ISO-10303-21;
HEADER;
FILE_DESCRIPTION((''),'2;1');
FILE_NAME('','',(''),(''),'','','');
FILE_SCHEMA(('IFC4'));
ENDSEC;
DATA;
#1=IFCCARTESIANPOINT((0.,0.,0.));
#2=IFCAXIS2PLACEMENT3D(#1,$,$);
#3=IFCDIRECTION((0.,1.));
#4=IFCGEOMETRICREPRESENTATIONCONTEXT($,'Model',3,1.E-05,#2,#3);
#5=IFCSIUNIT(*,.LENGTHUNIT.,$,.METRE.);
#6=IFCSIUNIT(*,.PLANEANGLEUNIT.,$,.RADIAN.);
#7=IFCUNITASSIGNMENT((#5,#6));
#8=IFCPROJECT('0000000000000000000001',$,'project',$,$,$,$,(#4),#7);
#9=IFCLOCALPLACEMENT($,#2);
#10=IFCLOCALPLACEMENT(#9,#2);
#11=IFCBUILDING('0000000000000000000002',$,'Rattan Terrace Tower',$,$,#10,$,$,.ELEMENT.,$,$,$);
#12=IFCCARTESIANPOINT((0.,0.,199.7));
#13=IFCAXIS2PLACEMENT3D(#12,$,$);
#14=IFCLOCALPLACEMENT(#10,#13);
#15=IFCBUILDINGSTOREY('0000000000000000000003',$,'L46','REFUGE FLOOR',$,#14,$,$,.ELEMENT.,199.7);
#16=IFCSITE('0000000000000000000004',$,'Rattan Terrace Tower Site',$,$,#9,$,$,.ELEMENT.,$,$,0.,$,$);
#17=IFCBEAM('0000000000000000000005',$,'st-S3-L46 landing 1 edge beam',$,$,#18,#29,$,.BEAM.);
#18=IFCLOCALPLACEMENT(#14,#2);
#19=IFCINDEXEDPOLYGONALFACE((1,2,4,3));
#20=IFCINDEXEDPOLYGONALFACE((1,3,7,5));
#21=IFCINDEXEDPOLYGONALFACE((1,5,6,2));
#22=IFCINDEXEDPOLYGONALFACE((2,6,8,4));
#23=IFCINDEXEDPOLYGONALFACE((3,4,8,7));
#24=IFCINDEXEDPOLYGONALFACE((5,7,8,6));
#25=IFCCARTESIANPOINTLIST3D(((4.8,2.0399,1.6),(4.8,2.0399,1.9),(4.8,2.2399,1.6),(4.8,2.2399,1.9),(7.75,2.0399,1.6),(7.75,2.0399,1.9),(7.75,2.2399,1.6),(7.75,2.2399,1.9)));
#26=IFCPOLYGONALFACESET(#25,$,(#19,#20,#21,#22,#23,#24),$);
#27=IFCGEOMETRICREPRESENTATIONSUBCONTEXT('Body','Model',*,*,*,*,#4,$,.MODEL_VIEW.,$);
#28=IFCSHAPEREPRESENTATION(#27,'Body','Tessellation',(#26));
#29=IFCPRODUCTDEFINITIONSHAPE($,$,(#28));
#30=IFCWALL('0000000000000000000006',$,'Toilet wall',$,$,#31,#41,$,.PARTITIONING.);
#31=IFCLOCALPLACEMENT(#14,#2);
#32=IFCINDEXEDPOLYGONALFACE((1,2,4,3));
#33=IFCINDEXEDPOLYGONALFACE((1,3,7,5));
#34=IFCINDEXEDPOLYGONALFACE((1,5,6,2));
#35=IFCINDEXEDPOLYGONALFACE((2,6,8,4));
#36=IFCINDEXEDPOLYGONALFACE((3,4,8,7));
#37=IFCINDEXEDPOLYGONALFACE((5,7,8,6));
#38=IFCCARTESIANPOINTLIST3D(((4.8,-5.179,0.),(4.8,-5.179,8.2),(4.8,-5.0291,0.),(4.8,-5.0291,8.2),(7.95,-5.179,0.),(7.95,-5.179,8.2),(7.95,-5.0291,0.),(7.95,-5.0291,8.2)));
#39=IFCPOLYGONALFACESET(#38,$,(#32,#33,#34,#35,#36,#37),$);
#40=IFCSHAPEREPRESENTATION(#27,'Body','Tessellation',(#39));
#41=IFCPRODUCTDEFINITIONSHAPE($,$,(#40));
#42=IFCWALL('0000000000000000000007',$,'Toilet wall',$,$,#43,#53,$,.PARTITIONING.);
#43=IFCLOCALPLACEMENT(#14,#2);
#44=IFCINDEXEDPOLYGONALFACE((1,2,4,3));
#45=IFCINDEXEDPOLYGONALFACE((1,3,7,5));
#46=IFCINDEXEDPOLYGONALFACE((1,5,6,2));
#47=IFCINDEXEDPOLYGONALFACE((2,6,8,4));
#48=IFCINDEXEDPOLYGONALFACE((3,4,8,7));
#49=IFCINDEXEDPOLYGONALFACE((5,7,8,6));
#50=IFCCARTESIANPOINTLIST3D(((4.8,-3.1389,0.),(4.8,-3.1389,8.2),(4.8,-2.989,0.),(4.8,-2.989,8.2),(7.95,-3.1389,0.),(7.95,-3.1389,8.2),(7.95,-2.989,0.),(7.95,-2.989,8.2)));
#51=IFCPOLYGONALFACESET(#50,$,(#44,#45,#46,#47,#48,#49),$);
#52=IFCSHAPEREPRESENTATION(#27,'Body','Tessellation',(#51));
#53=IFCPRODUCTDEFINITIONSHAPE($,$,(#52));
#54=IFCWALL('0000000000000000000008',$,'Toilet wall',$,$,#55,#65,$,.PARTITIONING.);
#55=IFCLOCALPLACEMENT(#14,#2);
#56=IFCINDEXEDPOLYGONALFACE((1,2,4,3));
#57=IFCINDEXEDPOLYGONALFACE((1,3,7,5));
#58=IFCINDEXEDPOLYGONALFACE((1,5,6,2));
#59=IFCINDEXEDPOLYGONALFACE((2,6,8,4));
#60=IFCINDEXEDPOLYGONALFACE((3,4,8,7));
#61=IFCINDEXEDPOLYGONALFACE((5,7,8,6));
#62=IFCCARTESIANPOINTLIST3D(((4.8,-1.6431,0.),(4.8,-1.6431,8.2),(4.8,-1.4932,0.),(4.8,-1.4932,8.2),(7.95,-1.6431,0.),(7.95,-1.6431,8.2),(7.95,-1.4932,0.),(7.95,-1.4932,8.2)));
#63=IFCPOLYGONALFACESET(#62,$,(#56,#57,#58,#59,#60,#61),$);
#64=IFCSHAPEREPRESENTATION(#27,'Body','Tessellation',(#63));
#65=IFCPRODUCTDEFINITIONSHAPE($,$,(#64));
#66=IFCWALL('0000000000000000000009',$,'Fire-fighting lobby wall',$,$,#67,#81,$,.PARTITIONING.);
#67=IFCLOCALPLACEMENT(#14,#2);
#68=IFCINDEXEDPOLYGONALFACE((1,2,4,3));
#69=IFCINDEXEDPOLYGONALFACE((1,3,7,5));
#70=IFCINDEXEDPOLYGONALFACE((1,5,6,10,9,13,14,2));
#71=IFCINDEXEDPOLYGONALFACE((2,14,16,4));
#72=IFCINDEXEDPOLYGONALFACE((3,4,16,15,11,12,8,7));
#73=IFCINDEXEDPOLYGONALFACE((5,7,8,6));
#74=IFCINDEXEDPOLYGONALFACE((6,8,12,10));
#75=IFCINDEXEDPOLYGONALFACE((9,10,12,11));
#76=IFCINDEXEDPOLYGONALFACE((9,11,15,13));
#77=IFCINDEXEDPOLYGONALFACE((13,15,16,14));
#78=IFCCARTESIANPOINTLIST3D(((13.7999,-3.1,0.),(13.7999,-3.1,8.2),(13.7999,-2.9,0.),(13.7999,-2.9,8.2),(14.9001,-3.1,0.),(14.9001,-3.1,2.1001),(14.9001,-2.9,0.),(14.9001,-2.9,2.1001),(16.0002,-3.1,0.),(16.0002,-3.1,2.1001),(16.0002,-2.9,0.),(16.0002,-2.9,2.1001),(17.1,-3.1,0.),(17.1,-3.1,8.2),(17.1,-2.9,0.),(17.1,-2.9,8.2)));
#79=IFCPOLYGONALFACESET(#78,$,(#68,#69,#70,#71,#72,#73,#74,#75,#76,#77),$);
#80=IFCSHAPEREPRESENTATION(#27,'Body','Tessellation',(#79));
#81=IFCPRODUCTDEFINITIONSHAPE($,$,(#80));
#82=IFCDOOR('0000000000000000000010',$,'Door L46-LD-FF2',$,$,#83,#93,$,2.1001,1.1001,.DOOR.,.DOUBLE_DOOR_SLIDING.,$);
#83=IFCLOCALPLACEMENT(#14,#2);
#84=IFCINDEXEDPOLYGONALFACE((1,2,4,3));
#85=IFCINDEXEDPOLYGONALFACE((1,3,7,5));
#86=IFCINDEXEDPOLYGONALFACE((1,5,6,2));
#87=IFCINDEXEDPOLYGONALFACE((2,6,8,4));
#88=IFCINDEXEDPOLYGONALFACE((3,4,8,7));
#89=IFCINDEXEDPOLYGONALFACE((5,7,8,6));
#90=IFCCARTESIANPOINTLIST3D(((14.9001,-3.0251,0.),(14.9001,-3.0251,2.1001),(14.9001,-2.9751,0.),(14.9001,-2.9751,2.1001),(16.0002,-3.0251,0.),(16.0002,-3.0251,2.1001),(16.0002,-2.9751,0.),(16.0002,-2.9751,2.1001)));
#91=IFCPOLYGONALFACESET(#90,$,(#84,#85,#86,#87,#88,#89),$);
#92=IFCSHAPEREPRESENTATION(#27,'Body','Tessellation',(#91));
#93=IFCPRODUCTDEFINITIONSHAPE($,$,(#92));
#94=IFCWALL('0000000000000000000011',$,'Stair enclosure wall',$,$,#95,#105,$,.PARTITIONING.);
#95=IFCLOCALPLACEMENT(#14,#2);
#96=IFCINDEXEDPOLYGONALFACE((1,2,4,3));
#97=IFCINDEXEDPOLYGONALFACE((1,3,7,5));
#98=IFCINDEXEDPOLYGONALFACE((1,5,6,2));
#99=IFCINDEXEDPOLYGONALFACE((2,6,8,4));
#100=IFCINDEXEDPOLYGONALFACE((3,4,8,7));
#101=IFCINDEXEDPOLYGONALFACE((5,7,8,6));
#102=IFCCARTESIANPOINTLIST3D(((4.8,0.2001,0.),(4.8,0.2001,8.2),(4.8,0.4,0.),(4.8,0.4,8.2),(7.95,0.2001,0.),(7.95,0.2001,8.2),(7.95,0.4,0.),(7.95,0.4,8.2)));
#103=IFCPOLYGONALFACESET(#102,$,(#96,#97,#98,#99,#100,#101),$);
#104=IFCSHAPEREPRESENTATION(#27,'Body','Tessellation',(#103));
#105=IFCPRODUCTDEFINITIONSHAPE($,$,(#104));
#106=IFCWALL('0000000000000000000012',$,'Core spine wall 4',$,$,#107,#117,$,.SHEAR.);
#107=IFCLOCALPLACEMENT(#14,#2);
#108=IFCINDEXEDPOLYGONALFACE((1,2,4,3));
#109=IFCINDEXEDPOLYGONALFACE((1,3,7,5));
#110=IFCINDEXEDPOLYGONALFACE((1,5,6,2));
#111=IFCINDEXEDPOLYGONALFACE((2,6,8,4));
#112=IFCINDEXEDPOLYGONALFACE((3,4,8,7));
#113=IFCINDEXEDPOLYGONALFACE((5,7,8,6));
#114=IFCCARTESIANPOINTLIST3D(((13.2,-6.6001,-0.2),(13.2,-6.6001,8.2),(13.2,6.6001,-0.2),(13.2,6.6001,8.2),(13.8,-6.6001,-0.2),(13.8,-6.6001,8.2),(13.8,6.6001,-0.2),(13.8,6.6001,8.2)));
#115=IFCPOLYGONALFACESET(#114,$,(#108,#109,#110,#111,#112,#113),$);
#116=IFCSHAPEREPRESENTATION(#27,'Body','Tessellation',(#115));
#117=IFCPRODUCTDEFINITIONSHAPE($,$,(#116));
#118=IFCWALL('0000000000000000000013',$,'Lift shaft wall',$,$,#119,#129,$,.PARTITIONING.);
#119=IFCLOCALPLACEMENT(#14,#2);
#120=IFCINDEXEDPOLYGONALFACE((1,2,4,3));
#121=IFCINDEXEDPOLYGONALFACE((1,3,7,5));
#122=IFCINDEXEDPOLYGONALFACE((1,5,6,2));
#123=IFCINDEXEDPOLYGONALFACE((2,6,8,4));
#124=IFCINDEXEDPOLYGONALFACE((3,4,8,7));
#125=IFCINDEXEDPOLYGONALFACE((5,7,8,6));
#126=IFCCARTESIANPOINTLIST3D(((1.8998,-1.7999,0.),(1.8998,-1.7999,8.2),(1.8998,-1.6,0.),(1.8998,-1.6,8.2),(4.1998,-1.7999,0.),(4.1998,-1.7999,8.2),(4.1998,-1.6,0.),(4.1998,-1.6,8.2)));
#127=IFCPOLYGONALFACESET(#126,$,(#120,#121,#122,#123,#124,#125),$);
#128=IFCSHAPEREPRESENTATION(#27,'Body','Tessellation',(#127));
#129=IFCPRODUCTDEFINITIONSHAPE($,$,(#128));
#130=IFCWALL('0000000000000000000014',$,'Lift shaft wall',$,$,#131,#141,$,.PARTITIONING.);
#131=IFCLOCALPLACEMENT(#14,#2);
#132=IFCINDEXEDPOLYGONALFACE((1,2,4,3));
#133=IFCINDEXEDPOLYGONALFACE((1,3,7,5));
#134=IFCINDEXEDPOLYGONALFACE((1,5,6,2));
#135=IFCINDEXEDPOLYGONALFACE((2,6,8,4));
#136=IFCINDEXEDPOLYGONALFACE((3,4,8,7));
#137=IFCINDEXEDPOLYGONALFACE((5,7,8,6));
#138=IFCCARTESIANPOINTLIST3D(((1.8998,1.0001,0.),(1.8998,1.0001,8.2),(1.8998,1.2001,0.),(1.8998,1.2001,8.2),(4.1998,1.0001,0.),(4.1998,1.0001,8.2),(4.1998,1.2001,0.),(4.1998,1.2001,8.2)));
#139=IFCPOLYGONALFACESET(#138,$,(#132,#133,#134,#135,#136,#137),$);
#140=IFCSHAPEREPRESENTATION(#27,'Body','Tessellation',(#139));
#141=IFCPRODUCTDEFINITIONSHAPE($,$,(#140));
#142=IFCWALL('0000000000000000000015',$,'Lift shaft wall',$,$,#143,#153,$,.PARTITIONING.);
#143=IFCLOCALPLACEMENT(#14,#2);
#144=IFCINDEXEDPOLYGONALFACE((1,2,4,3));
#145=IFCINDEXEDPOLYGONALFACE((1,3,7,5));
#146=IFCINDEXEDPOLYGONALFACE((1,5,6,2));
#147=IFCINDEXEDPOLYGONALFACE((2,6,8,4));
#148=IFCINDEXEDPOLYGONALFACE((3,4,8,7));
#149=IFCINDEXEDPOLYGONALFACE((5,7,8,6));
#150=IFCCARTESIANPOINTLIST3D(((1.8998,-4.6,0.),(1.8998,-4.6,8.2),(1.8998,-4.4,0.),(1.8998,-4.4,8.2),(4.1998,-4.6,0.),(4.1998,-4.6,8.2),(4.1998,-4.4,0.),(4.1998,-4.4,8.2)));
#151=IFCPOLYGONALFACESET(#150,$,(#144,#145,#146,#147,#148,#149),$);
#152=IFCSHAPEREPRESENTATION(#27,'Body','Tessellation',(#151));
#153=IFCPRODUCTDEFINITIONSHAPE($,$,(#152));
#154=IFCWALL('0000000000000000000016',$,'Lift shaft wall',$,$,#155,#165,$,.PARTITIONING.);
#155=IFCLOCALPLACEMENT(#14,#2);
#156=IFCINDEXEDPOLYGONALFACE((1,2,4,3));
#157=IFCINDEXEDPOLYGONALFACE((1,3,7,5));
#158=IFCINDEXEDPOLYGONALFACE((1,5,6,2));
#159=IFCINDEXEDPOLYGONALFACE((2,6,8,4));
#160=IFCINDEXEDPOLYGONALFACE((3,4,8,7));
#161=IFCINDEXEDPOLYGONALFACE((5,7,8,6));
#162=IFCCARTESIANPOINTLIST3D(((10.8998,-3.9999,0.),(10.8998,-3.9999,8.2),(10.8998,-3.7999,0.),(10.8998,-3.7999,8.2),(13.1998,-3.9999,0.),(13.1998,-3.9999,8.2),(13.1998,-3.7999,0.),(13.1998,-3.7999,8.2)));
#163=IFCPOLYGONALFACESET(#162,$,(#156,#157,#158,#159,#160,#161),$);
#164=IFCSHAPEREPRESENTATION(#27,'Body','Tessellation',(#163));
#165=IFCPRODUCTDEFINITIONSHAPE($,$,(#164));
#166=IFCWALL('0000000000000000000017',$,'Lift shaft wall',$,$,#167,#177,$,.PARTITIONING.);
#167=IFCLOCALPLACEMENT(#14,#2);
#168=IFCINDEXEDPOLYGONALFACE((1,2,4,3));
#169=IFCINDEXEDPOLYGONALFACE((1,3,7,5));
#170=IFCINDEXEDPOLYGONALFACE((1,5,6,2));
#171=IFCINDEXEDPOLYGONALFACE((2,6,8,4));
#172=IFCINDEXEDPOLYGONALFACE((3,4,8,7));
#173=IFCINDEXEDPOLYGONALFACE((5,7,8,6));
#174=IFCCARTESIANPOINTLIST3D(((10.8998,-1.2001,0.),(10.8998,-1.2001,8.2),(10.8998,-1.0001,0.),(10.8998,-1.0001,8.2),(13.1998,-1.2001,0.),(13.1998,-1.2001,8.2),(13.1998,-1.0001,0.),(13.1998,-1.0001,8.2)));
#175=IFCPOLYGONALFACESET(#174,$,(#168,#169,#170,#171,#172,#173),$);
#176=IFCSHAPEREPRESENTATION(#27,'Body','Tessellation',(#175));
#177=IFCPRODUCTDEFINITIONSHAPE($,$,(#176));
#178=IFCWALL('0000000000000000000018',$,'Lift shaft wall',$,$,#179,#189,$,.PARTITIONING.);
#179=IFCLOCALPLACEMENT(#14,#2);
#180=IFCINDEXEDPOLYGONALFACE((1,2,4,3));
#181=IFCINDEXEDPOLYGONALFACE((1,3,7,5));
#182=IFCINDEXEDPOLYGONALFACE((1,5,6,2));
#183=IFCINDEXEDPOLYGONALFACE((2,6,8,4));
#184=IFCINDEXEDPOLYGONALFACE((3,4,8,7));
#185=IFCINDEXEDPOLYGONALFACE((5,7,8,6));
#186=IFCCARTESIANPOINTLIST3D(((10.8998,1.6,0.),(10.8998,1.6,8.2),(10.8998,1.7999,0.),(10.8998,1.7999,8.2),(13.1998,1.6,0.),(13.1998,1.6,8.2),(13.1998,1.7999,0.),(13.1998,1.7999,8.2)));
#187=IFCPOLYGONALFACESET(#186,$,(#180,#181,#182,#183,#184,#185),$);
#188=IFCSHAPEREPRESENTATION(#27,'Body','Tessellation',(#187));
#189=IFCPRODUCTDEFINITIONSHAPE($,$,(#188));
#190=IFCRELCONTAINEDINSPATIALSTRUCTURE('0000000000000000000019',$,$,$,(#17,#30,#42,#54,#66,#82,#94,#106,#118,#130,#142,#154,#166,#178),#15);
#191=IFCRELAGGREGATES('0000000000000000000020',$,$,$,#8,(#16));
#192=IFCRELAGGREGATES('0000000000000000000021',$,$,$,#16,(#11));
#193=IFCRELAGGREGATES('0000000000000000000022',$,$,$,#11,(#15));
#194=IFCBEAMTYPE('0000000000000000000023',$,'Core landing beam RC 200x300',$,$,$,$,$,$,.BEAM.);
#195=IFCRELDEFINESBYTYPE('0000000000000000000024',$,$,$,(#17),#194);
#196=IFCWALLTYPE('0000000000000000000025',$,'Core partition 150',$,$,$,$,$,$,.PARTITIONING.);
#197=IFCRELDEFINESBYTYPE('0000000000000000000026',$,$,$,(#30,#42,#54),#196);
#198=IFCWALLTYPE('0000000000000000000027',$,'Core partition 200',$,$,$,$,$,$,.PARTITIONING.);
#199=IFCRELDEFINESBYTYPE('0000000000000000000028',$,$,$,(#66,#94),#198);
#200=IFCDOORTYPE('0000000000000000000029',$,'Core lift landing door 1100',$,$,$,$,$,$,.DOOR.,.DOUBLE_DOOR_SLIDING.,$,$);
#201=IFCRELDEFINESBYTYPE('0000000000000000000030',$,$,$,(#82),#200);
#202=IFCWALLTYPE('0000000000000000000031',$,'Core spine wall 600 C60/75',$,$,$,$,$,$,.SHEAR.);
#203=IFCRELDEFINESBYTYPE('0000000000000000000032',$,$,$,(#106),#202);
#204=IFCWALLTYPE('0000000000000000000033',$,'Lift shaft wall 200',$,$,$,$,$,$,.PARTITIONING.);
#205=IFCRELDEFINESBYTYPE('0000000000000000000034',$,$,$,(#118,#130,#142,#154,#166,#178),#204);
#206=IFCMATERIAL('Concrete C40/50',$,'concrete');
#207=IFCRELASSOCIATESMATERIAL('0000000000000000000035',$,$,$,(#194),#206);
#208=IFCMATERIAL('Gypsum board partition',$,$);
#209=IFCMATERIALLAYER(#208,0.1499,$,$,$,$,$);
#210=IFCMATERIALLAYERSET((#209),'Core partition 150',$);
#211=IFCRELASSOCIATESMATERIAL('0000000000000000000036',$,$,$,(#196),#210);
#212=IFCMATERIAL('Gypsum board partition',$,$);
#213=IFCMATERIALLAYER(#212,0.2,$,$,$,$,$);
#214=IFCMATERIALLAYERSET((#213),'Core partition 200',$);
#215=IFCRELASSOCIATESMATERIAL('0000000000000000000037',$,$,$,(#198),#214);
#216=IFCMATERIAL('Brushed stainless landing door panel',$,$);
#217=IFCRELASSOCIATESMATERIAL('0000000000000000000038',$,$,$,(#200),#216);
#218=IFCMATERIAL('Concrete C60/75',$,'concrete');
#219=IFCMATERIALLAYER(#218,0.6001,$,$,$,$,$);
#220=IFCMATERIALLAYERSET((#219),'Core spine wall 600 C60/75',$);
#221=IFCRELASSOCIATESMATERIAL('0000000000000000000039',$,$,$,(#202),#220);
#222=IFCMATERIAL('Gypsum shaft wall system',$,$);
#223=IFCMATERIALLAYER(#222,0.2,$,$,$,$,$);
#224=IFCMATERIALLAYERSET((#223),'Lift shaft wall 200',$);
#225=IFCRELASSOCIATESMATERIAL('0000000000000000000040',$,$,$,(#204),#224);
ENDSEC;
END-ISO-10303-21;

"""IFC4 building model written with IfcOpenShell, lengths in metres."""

from ifc_helpers import new_model, si_unit, direction, frame, frame_2d, origin, origin_2d, place, context, subcontext, project, spatial, rectangle, extrude, material, layer, layer_set, material_profile, profile_set, type_object, element, fill, save


model = new_model("IFC4")

# Units and contexts
model_context = context("Model", 3, precision=1e-05, world=origin(), true_north=direction((0.0, 1.0)))
body_context = subcontext(model_context, "Body", "Model", "MODEL_VIEW")
ifc_project = project(units=[si_unit("LENGTHUNIT", "METRE"), si_unit("PLANEANGLEUNIT", "RADIAN")], contexts=[model_context])

# Site, building, storey
site_placement = place(None, origin())
site = spatial("IfcSite", under=ifc_project, at=site_placement, Name="Rattan Terrace Tower Site", CompositionType="ELEMENT", RefElevation=0.0)
building_placement = place(site_placement, origin())
building = spatial("IfcBuilding", under=site, at=building_placement, Name="Rattan Terrace Tower", CompositionType="ELEMENT")
storey_placement = place(building_placement, frame((0.0, 0.0, 199.7)))
storey = spatial("IfcBuildingStorey", under=building, at=storey_placement, Name="L46", Description="REFUGE FLOOR", CompositionType="ELEMENT", Elevation=199.7)

# Beam
ifc_material_1 = material(Name="Concrete C40/50", Category="concrete")
ifc_material_profile = material_profile(ifc_material_1, rectangle(XDim=0.2, YDim=0.3, at=origin_2d()), Name="RC 200x300")
ifc_profile_set = profile_set([ifc_material_profile], Name="Concrete C40/50")
beam_type = type_object("IfcBeamType", Name="Core landing beam RC 200x300", PredefinedType="BEAM", material=ifc_profile_set)
beam_placement = place(storey_placement, frame((4.8, 2.1399, 1.75), z_axis=(1.0, 0.0, 0.0), x_axis=(0.0, 1.0, 0.0)))
element("IfcBeam", 1, at=beam_placement, inside=storey, type_object=beam_type, Name="st-S3-L46 landing 1 edge beam", PredefinedType="BEAM", context=body_context, shape_type="SweptSolid", body=[
    extrude(rectangle(XDim=0.2, YDim=0.3, at=origin_2d()), origin(), (0.0, 0.0, 1.0), 2.95),
])

# Walls
ifc_material_2 = material(Name="Gypsum board partition")
ifc_layer_1 = layer(ifc_material_2, 0.1499)
ifc_layer_set_1 = layer_set([ifc_layer_1], Name="Core partition 150")
wall_type_1 = type_object("IfcWallType", Name="Core partition 150", PredefinedType="PARTITIONING", material=ifc_layer_set_1)
for number, where, z_axis, x_axis, name in (
    (2, (4.8, -5.104, 0.0), (0.0, 0.0, 1.0), (1.0, 0.0, 0.0), "Toilet wall"),
    (3, (4.8, -3.064, 0.0), (0.0, 0.0, 1.0), (1.0, 0.0, 0.0), "Toilet wall"),
    (4, (4.8, -1.5681, 0.0), (0.0, 0.0, 1.0), (1.0, 0.0, 0.0), "Toilet wall"),
):
    element("IfcWall", number, at=place(storey_placement, frame(where, z_axis=z_axis, x_axis=x_axis)), inside=storey, type_object=wall_type_1, Name=name, PredefinedType="PARTITIONING", context=body_context, shape_type="SweptSolid", body=[
        extrude(rectangle(XDim=3.1499, YDim=0.1499, at=frame_2d((1.575, 0.0))), origin(), (0.0, 0.0, 1.0), 8.2),
    ])

# Wall, opening, door
ifc_material_3 = material(Name="Gypsum board partition")
ifc_layer_2 = layer(ifc_material_3, 0.2)
ifc_layer_set_2 = layer_set([ifc_layer_2], Name="Core partition 200")
wall_type_2 = type_object("IfcWallType", Name="Core partition 200", PredefinedType="PARTITIONING", material=ifc_layer_set_2)
wall_1_placement = place(storey_placement, frame((13.8, -3.0, 0.0), z_axis=(0.0, 0.0, 1.0), x_axis=(1.0, 0.0, 0.0)))
wall_1 = element("IfcWall", 5, at=wall_1_placement, inside=storey, type_object=wall_type_2, Name="Fire-fighting lobby wall", PredefinedType="PARTITIONING", context=body_context, shape_type="SweptSolid", body=[
    extrude(rectangle(XDim=3.3, YDim=0.2, at=frame_2d((1.6499, 0.0))), origin(), (0.0, 0.0, 1.0), 8.2),
])
opening_placement = place(wall_1_placement, frame((1.1001, 0.0, 0.0)))
opening = element("IfcOpeningElement", 6, at=opening_placement, cuts=wall_1, PredefinedType="OPENING", context=body_context, shape_type="SweptSolid", body=[
    extrude(rectangle(XDim=1.1001, YDim=2.1001, at=frame_2d((0.55, 1.05))), frame((0.0, 0.1106, 0.0), z_axis=(0.0, -1.0, 0.0), x_axis=(1.0, 0.0, 0.0)), (0.0, 0.0, 1.0), 0.2209),
])
ifc_material_4 = material(Name="Brushed stainless landing door panel")
door_type = type_object("IfcDoorType", Name="Core lift landing door 1100", OperationType="DOUBLE_DOOR_SLIDING", PredefinedType="DOOR", material=ifc_material_4)
door_placement = place(opening_placement, origin())
door = element("IfcDoor", 7, at=door_placement, inside=storey, type_object=door_type, Name="Door L46-LD-FF2", OperationType="DOUBLE_DOOR_SLIDING", OverallHeight=2.1001, OverallWidth=1.1001, PredefinedType="DOOR", context=body_context, shape_type="SweptSolid", body=[
    extrude(rectangle(XDim=1.1001, YDim=2.1001, at=frame_2d((0.55, 1.05))), frame((0.0, 0.0249, 0.0), z_axis=(0.0, -1.0, 0.0), x_axis=(1.0, 0.0, 0.0)), (0.0, 0.0, 1.0), 0.05),
])
fill(opening, door)

# Walls
wall_2_placement = place(storey_placement, frame((4.8, 0.3, 0.0), z_axis=(0.0, 0.0, 1.0), x_axis=(1.0, 0.0, 0.0)))
element("IfcWall", 8, at=wall_2_placement, inside=storey, type_object=wall_type_2, Name="Stair enclosure wall", PredefinedType="PARTITIONING", context=body_context, shape_type="SweptSolid", body=[
    extrude(rectangle(XDim=3.1499, YDim=0.2, at=frame_2d((1.575, 0.0))), origin(), (0.0, 0.0, 1.0), 8.2),
])
ifc_material_5 = material(Name="Concrete C60/75", Category="concrete")
ifc_layer_3 = layer(ifc_material_5, 0.6001)
ifc_layer_set_3 = layer_set([ifc_layer_3], Name="Core spine wall 600 C60/75")
wall_type_3 = type_object("IfcWallType", Name="Core spine wall 600 C60/75", PredefinedType="SHEAR", material=ifc_layer_set_3)
wall_3_placement = place(storey_placement, frame((13.5, -6.6001, -0.2), z_axis=(0.0, 0.0, 1.0), x_axis=(0.0, 1.0, 0.0)))
element("IfcWall", 9, at=wall_3_placement, inside=storey, type_object=wall_type_3, Name="Core spine wall 4", PredefinedType="SHEAR", context=body_context, shape_type="SweptSolid", body=[
    extrude(rectangle(XDim=13.2002, YDim=0.6001, at=frame_2d((6.6001, 0.0))), origin(), (0.0, 0.0, 1.0), 8.3999),
])
ifc_material_6 = material(Name="Gypsum shaft wall system")
ifc_layer_4 = layer(ifc_material_6, 0.2)
ifc_layer_set_4 = layer_set([ifc_layer_4], Name="Lift shaft wall 200")
wall_type_4 = type_object("IfcWallType", Name="Lift shaft wall 200", PredefinedType="PARTITIONING", material=ifc_layer_set_4)
for number, where, z_axis, x_axis, name in (
    (10, (1.8999, -1.7, 0.0), (0.0, 0.0, 1.0), (1.0, 0.0, 0.0), "Lift shaft wall"),
    (11, (1.8999, 1.1001, 0.0), (0.0, 0.0, 1.0), (1.0, 0.0, 0.0), "Lift shaft wall"),
    (12, (1.8999, -4.5, 0.0), (0.0, 0.0, 1.0), (1.0, 0.0, 0.0), "Lift shaft wall"),
    (13, (10.8999, -3.8999, 0.0), (0.0, 0.0, 1.0), (1.0, 0.0, 0.0), "Lift shaft wall"),
    (14, (10.8999, -1.1001, 0.0), (0.0, 0.0, 1.0), (1.0, 0.0, 0.0), "Lift shaft wall"),
    (15, (10.8999, 1.7, 0.0), (0.0, 0.0, 1.0), (1.0, 0.0, 0.0), "Lift shaft wall"),
):
    element("IfcWall", number, at=place(storey_placement, frame(where, z_axis=z_axis, x_axis=x_axis)), inside=storey, type_object=wall_type_4, Name=name, PredefinedType="PARTITIONING", context=body_context, shape_type="SweptSolid", body=[
        extrude(rectangle(XDim=2.3, YDim=0.2, at=frame_2d((1.1499, 0.0))), origin(), (0.0, 0.0, 1.0), 8.2),
    ])

save(model, "model.ifc")
